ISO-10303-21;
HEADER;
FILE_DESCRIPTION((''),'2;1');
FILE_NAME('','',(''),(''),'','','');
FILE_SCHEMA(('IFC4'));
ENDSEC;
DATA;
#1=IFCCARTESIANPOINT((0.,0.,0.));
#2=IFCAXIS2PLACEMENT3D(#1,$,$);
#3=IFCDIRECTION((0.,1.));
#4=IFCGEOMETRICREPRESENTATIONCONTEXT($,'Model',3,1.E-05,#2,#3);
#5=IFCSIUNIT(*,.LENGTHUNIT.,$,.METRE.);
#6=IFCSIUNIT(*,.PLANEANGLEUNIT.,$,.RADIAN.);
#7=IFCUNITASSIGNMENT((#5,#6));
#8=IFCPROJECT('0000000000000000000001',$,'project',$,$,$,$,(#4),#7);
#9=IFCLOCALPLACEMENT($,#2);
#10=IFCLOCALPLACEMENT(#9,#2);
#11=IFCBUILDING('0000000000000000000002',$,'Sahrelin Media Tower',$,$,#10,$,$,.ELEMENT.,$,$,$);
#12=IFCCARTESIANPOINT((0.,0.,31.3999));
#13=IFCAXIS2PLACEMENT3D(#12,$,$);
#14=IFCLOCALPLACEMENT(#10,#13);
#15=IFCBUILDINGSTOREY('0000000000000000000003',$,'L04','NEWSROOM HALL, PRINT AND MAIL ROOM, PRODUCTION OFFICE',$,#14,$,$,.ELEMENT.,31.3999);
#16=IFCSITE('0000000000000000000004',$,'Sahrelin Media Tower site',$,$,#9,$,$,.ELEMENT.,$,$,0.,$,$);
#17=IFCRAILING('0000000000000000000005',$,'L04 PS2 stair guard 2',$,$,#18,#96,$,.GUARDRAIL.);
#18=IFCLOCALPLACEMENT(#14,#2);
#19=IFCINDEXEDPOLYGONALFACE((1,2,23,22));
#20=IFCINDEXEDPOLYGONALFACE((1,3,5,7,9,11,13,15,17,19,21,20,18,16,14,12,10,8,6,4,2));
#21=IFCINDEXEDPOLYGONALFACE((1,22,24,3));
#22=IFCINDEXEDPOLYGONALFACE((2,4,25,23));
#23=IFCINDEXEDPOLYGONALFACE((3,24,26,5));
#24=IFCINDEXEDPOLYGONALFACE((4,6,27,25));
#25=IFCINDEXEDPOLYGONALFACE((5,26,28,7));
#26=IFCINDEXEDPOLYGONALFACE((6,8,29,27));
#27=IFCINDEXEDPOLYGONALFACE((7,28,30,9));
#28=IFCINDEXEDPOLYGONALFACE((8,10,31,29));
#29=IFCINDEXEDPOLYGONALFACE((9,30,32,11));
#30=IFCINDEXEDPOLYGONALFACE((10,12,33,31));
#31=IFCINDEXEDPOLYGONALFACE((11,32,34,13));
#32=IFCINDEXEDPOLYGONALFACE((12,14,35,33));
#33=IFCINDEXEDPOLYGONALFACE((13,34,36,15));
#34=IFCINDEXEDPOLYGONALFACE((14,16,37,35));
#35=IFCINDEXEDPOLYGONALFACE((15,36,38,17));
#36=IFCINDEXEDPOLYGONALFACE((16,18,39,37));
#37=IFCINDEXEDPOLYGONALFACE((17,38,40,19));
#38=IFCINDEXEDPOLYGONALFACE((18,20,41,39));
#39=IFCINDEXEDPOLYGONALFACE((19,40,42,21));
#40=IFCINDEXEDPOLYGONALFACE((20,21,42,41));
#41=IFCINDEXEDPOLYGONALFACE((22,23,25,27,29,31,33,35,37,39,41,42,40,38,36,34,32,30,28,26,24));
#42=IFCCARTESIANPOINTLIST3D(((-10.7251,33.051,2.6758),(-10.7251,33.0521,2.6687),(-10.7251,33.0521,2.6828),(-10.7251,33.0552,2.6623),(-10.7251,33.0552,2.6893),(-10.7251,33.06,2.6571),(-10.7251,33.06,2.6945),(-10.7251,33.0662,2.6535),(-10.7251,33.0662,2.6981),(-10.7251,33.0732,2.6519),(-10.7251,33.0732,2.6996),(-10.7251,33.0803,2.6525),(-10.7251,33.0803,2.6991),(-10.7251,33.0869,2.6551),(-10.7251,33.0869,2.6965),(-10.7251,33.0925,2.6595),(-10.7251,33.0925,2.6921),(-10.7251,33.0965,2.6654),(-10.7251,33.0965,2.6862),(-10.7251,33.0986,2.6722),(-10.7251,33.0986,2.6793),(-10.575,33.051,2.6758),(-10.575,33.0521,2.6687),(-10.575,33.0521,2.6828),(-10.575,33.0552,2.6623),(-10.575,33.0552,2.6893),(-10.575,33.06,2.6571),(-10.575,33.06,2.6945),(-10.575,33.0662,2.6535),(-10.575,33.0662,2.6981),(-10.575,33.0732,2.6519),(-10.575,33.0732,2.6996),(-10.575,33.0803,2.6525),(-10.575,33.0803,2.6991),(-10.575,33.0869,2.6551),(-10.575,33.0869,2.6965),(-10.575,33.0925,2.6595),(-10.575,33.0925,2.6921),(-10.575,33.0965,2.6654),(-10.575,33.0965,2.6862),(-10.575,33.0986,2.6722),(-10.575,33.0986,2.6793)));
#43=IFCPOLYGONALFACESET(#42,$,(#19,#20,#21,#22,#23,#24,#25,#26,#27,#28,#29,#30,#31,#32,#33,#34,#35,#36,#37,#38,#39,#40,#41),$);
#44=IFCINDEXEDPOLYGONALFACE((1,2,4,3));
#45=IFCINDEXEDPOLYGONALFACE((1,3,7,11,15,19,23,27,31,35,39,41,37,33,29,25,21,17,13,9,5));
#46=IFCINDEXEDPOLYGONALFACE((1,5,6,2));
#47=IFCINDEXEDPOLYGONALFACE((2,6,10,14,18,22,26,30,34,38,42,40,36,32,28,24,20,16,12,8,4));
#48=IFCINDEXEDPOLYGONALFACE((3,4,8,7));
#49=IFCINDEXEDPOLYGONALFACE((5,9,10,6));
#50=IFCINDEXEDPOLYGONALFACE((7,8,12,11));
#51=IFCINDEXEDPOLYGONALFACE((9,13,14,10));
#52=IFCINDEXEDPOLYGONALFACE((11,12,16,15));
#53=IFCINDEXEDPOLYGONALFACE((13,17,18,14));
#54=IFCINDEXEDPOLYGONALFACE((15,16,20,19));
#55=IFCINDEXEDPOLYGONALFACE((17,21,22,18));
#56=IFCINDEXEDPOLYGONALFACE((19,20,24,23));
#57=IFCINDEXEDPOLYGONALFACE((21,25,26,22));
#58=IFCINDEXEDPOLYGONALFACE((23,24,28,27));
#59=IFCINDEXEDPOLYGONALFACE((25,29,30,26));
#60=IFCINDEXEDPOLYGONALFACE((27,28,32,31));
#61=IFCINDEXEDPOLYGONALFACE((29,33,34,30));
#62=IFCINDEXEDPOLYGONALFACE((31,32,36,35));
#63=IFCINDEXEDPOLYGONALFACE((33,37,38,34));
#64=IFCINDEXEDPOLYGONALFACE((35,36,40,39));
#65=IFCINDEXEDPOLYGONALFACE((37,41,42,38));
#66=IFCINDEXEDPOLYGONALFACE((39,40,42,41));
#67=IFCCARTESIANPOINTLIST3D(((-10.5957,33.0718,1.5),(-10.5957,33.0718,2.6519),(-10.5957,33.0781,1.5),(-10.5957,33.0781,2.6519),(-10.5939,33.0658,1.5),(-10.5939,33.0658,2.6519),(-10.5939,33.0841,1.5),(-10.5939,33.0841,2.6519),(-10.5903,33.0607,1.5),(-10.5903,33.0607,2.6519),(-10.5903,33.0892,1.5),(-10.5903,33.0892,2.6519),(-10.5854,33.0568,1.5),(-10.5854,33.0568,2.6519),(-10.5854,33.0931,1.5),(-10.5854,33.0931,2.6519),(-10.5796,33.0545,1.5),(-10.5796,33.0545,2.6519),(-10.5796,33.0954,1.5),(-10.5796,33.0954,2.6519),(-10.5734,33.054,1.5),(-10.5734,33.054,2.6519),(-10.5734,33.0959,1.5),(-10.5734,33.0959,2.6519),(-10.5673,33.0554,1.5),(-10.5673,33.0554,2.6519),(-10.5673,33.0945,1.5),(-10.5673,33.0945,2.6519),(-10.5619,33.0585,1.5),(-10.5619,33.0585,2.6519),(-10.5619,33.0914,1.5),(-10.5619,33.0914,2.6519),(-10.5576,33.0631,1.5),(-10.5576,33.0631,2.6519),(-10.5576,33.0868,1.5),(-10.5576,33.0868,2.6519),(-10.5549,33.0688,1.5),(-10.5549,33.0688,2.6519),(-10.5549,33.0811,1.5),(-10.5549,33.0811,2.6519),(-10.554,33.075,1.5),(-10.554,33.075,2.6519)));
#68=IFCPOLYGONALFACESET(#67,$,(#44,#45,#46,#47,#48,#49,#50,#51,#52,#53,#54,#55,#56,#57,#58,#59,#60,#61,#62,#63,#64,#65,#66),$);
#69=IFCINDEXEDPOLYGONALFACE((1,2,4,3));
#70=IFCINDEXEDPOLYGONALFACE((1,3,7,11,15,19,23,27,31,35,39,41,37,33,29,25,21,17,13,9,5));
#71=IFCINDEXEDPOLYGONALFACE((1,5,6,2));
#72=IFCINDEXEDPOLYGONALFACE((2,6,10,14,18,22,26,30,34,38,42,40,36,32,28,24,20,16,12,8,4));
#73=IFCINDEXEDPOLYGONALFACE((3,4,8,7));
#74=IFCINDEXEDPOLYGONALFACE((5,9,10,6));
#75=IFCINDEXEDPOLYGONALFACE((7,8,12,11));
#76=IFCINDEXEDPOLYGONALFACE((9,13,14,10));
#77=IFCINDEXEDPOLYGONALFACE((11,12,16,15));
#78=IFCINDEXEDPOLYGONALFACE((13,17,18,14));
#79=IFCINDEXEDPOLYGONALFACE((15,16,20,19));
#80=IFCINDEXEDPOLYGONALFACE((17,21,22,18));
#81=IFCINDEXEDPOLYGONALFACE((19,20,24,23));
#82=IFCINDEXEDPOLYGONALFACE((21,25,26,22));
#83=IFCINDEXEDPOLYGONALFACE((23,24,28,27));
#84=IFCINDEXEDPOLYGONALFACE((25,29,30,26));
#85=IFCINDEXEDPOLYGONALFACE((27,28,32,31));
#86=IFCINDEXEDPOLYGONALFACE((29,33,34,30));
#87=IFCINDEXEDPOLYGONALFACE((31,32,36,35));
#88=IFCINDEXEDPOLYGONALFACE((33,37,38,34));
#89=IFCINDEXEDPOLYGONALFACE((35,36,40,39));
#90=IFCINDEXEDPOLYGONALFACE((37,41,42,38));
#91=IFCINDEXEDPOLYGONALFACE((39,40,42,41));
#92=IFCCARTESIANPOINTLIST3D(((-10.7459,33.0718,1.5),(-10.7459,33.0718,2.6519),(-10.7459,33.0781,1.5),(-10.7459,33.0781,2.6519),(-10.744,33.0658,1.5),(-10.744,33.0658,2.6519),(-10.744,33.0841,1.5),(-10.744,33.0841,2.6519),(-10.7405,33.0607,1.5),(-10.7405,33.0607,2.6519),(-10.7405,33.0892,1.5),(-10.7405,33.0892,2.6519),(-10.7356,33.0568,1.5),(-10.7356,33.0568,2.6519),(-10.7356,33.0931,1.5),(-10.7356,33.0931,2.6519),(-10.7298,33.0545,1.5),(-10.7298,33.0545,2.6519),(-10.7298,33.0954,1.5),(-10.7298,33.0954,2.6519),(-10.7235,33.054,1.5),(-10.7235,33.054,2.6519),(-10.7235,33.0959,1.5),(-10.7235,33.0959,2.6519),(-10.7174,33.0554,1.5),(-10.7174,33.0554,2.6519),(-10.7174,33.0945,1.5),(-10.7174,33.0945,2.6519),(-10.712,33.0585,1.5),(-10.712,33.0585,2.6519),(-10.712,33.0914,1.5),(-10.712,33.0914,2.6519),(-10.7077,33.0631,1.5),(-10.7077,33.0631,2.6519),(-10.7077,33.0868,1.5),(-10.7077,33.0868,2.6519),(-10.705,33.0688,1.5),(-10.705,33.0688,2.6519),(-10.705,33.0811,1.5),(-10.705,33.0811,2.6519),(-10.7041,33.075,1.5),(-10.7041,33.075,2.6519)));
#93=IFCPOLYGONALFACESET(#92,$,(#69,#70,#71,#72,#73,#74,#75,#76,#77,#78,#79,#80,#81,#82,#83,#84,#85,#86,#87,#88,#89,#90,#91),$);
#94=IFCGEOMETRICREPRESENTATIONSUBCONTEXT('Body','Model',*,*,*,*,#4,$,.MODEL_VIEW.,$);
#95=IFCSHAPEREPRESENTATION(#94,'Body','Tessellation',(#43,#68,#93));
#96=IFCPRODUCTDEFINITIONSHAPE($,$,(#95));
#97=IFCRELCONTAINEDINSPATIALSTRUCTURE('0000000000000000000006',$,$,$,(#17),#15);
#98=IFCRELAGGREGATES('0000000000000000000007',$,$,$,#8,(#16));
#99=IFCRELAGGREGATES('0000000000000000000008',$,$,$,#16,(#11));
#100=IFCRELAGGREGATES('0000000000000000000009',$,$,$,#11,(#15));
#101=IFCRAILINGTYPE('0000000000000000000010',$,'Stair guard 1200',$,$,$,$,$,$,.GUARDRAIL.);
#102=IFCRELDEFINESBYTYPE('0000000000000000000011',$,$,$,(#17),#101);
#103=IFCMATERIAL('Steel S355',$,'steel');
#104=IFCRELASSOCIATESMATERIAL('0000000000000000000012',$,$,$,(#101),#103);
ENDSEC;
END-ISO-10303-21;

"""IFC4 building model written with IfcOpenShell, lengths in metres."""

from ifc_helpers import new_model, si_unit, direction, frame, origin, origin_2d, place, context, subcontext, project, spatial, circle, extrude, material, type_object, element, save


model = new_model("IFC4")

# Units and contexts
model_context = context("Model", 3, precision=1e-05, world=origin(), true_north=direction((0.0, 1.0)))
body_context = subcontext(model_context, "Body", "Model", "MODEL_VIEW")
ifc_project = project(units=[si_unit("LENGTHUNIT", "METRE"), si_unit("PLANEANGLEUNIT", "RADIAN")], contexts=[model_context])

# Site, building, storey
site_placement = place(None, origin())
site = spatial("IfcSite", under=ifc_project, at=site_placement, Name="Sahrelin Media Tower site", CompositionType="ELEMENT", RefElevation=0.0)
building_placement = place(site_placement, origin())
building = spatial("IfcBuilding", under=site, at=building_placement, Name="Sahrelin Media Tower", CompositionType="ELEMENT")
storey_placement = place(building_placement, frame((0.0, 0.0, 31.3999)))
storey = spatial("IfcBuildingStorey", under=building, at=storey_placement, Name="L04", Description="NEWSROOM HALL, PRINT AND MAIL ROOM, PRODUCTION OFFICE", CompositionType="ELEMENT", Elevation=31.3999)

# Shared definitions
ifc_material_1 = material(Name="Steel S355", Category="steel")

# Railing
railing_type_1 = type_object("IfcRailingType", Name="Stair guard 1200", PredefinedType="GUARDRAIL", material=ifc_material_1)
railing_1_placement = place(storey_placement, frame((-10.575, 33.075, 1.5)))
element("IfcRailing", 1, at=railing_1_placement, inside=storey, type_object=railing_type_1, Name="L04 PS2 stair guard 2", PredefinedType="GUARDRAIL", context=body_context, shape_type="SweptSolid", body=[
    extrude(circle(Radius=0.0239, at=origin_2d()), frame((0.0, 0.0, 1.1758), z_axis=(-1.0, 0.0, 0.0), x_axis=(0.0, -1.0, 0.0)), (0.0, 0.0, 1.0), 0.1501),
    extrude(circle(Radius=0.021, at=origin_2d()), origin(), (0.0, 0.0, 1.0), 1.1519),
    extrude(circle(Radius=0.021, at=origin_2d()), frame((-0.1501, 0.0, 0.0)), (0.0, 0.0, 1.0), 1.1519),
])

save(model, "model.ifc")
